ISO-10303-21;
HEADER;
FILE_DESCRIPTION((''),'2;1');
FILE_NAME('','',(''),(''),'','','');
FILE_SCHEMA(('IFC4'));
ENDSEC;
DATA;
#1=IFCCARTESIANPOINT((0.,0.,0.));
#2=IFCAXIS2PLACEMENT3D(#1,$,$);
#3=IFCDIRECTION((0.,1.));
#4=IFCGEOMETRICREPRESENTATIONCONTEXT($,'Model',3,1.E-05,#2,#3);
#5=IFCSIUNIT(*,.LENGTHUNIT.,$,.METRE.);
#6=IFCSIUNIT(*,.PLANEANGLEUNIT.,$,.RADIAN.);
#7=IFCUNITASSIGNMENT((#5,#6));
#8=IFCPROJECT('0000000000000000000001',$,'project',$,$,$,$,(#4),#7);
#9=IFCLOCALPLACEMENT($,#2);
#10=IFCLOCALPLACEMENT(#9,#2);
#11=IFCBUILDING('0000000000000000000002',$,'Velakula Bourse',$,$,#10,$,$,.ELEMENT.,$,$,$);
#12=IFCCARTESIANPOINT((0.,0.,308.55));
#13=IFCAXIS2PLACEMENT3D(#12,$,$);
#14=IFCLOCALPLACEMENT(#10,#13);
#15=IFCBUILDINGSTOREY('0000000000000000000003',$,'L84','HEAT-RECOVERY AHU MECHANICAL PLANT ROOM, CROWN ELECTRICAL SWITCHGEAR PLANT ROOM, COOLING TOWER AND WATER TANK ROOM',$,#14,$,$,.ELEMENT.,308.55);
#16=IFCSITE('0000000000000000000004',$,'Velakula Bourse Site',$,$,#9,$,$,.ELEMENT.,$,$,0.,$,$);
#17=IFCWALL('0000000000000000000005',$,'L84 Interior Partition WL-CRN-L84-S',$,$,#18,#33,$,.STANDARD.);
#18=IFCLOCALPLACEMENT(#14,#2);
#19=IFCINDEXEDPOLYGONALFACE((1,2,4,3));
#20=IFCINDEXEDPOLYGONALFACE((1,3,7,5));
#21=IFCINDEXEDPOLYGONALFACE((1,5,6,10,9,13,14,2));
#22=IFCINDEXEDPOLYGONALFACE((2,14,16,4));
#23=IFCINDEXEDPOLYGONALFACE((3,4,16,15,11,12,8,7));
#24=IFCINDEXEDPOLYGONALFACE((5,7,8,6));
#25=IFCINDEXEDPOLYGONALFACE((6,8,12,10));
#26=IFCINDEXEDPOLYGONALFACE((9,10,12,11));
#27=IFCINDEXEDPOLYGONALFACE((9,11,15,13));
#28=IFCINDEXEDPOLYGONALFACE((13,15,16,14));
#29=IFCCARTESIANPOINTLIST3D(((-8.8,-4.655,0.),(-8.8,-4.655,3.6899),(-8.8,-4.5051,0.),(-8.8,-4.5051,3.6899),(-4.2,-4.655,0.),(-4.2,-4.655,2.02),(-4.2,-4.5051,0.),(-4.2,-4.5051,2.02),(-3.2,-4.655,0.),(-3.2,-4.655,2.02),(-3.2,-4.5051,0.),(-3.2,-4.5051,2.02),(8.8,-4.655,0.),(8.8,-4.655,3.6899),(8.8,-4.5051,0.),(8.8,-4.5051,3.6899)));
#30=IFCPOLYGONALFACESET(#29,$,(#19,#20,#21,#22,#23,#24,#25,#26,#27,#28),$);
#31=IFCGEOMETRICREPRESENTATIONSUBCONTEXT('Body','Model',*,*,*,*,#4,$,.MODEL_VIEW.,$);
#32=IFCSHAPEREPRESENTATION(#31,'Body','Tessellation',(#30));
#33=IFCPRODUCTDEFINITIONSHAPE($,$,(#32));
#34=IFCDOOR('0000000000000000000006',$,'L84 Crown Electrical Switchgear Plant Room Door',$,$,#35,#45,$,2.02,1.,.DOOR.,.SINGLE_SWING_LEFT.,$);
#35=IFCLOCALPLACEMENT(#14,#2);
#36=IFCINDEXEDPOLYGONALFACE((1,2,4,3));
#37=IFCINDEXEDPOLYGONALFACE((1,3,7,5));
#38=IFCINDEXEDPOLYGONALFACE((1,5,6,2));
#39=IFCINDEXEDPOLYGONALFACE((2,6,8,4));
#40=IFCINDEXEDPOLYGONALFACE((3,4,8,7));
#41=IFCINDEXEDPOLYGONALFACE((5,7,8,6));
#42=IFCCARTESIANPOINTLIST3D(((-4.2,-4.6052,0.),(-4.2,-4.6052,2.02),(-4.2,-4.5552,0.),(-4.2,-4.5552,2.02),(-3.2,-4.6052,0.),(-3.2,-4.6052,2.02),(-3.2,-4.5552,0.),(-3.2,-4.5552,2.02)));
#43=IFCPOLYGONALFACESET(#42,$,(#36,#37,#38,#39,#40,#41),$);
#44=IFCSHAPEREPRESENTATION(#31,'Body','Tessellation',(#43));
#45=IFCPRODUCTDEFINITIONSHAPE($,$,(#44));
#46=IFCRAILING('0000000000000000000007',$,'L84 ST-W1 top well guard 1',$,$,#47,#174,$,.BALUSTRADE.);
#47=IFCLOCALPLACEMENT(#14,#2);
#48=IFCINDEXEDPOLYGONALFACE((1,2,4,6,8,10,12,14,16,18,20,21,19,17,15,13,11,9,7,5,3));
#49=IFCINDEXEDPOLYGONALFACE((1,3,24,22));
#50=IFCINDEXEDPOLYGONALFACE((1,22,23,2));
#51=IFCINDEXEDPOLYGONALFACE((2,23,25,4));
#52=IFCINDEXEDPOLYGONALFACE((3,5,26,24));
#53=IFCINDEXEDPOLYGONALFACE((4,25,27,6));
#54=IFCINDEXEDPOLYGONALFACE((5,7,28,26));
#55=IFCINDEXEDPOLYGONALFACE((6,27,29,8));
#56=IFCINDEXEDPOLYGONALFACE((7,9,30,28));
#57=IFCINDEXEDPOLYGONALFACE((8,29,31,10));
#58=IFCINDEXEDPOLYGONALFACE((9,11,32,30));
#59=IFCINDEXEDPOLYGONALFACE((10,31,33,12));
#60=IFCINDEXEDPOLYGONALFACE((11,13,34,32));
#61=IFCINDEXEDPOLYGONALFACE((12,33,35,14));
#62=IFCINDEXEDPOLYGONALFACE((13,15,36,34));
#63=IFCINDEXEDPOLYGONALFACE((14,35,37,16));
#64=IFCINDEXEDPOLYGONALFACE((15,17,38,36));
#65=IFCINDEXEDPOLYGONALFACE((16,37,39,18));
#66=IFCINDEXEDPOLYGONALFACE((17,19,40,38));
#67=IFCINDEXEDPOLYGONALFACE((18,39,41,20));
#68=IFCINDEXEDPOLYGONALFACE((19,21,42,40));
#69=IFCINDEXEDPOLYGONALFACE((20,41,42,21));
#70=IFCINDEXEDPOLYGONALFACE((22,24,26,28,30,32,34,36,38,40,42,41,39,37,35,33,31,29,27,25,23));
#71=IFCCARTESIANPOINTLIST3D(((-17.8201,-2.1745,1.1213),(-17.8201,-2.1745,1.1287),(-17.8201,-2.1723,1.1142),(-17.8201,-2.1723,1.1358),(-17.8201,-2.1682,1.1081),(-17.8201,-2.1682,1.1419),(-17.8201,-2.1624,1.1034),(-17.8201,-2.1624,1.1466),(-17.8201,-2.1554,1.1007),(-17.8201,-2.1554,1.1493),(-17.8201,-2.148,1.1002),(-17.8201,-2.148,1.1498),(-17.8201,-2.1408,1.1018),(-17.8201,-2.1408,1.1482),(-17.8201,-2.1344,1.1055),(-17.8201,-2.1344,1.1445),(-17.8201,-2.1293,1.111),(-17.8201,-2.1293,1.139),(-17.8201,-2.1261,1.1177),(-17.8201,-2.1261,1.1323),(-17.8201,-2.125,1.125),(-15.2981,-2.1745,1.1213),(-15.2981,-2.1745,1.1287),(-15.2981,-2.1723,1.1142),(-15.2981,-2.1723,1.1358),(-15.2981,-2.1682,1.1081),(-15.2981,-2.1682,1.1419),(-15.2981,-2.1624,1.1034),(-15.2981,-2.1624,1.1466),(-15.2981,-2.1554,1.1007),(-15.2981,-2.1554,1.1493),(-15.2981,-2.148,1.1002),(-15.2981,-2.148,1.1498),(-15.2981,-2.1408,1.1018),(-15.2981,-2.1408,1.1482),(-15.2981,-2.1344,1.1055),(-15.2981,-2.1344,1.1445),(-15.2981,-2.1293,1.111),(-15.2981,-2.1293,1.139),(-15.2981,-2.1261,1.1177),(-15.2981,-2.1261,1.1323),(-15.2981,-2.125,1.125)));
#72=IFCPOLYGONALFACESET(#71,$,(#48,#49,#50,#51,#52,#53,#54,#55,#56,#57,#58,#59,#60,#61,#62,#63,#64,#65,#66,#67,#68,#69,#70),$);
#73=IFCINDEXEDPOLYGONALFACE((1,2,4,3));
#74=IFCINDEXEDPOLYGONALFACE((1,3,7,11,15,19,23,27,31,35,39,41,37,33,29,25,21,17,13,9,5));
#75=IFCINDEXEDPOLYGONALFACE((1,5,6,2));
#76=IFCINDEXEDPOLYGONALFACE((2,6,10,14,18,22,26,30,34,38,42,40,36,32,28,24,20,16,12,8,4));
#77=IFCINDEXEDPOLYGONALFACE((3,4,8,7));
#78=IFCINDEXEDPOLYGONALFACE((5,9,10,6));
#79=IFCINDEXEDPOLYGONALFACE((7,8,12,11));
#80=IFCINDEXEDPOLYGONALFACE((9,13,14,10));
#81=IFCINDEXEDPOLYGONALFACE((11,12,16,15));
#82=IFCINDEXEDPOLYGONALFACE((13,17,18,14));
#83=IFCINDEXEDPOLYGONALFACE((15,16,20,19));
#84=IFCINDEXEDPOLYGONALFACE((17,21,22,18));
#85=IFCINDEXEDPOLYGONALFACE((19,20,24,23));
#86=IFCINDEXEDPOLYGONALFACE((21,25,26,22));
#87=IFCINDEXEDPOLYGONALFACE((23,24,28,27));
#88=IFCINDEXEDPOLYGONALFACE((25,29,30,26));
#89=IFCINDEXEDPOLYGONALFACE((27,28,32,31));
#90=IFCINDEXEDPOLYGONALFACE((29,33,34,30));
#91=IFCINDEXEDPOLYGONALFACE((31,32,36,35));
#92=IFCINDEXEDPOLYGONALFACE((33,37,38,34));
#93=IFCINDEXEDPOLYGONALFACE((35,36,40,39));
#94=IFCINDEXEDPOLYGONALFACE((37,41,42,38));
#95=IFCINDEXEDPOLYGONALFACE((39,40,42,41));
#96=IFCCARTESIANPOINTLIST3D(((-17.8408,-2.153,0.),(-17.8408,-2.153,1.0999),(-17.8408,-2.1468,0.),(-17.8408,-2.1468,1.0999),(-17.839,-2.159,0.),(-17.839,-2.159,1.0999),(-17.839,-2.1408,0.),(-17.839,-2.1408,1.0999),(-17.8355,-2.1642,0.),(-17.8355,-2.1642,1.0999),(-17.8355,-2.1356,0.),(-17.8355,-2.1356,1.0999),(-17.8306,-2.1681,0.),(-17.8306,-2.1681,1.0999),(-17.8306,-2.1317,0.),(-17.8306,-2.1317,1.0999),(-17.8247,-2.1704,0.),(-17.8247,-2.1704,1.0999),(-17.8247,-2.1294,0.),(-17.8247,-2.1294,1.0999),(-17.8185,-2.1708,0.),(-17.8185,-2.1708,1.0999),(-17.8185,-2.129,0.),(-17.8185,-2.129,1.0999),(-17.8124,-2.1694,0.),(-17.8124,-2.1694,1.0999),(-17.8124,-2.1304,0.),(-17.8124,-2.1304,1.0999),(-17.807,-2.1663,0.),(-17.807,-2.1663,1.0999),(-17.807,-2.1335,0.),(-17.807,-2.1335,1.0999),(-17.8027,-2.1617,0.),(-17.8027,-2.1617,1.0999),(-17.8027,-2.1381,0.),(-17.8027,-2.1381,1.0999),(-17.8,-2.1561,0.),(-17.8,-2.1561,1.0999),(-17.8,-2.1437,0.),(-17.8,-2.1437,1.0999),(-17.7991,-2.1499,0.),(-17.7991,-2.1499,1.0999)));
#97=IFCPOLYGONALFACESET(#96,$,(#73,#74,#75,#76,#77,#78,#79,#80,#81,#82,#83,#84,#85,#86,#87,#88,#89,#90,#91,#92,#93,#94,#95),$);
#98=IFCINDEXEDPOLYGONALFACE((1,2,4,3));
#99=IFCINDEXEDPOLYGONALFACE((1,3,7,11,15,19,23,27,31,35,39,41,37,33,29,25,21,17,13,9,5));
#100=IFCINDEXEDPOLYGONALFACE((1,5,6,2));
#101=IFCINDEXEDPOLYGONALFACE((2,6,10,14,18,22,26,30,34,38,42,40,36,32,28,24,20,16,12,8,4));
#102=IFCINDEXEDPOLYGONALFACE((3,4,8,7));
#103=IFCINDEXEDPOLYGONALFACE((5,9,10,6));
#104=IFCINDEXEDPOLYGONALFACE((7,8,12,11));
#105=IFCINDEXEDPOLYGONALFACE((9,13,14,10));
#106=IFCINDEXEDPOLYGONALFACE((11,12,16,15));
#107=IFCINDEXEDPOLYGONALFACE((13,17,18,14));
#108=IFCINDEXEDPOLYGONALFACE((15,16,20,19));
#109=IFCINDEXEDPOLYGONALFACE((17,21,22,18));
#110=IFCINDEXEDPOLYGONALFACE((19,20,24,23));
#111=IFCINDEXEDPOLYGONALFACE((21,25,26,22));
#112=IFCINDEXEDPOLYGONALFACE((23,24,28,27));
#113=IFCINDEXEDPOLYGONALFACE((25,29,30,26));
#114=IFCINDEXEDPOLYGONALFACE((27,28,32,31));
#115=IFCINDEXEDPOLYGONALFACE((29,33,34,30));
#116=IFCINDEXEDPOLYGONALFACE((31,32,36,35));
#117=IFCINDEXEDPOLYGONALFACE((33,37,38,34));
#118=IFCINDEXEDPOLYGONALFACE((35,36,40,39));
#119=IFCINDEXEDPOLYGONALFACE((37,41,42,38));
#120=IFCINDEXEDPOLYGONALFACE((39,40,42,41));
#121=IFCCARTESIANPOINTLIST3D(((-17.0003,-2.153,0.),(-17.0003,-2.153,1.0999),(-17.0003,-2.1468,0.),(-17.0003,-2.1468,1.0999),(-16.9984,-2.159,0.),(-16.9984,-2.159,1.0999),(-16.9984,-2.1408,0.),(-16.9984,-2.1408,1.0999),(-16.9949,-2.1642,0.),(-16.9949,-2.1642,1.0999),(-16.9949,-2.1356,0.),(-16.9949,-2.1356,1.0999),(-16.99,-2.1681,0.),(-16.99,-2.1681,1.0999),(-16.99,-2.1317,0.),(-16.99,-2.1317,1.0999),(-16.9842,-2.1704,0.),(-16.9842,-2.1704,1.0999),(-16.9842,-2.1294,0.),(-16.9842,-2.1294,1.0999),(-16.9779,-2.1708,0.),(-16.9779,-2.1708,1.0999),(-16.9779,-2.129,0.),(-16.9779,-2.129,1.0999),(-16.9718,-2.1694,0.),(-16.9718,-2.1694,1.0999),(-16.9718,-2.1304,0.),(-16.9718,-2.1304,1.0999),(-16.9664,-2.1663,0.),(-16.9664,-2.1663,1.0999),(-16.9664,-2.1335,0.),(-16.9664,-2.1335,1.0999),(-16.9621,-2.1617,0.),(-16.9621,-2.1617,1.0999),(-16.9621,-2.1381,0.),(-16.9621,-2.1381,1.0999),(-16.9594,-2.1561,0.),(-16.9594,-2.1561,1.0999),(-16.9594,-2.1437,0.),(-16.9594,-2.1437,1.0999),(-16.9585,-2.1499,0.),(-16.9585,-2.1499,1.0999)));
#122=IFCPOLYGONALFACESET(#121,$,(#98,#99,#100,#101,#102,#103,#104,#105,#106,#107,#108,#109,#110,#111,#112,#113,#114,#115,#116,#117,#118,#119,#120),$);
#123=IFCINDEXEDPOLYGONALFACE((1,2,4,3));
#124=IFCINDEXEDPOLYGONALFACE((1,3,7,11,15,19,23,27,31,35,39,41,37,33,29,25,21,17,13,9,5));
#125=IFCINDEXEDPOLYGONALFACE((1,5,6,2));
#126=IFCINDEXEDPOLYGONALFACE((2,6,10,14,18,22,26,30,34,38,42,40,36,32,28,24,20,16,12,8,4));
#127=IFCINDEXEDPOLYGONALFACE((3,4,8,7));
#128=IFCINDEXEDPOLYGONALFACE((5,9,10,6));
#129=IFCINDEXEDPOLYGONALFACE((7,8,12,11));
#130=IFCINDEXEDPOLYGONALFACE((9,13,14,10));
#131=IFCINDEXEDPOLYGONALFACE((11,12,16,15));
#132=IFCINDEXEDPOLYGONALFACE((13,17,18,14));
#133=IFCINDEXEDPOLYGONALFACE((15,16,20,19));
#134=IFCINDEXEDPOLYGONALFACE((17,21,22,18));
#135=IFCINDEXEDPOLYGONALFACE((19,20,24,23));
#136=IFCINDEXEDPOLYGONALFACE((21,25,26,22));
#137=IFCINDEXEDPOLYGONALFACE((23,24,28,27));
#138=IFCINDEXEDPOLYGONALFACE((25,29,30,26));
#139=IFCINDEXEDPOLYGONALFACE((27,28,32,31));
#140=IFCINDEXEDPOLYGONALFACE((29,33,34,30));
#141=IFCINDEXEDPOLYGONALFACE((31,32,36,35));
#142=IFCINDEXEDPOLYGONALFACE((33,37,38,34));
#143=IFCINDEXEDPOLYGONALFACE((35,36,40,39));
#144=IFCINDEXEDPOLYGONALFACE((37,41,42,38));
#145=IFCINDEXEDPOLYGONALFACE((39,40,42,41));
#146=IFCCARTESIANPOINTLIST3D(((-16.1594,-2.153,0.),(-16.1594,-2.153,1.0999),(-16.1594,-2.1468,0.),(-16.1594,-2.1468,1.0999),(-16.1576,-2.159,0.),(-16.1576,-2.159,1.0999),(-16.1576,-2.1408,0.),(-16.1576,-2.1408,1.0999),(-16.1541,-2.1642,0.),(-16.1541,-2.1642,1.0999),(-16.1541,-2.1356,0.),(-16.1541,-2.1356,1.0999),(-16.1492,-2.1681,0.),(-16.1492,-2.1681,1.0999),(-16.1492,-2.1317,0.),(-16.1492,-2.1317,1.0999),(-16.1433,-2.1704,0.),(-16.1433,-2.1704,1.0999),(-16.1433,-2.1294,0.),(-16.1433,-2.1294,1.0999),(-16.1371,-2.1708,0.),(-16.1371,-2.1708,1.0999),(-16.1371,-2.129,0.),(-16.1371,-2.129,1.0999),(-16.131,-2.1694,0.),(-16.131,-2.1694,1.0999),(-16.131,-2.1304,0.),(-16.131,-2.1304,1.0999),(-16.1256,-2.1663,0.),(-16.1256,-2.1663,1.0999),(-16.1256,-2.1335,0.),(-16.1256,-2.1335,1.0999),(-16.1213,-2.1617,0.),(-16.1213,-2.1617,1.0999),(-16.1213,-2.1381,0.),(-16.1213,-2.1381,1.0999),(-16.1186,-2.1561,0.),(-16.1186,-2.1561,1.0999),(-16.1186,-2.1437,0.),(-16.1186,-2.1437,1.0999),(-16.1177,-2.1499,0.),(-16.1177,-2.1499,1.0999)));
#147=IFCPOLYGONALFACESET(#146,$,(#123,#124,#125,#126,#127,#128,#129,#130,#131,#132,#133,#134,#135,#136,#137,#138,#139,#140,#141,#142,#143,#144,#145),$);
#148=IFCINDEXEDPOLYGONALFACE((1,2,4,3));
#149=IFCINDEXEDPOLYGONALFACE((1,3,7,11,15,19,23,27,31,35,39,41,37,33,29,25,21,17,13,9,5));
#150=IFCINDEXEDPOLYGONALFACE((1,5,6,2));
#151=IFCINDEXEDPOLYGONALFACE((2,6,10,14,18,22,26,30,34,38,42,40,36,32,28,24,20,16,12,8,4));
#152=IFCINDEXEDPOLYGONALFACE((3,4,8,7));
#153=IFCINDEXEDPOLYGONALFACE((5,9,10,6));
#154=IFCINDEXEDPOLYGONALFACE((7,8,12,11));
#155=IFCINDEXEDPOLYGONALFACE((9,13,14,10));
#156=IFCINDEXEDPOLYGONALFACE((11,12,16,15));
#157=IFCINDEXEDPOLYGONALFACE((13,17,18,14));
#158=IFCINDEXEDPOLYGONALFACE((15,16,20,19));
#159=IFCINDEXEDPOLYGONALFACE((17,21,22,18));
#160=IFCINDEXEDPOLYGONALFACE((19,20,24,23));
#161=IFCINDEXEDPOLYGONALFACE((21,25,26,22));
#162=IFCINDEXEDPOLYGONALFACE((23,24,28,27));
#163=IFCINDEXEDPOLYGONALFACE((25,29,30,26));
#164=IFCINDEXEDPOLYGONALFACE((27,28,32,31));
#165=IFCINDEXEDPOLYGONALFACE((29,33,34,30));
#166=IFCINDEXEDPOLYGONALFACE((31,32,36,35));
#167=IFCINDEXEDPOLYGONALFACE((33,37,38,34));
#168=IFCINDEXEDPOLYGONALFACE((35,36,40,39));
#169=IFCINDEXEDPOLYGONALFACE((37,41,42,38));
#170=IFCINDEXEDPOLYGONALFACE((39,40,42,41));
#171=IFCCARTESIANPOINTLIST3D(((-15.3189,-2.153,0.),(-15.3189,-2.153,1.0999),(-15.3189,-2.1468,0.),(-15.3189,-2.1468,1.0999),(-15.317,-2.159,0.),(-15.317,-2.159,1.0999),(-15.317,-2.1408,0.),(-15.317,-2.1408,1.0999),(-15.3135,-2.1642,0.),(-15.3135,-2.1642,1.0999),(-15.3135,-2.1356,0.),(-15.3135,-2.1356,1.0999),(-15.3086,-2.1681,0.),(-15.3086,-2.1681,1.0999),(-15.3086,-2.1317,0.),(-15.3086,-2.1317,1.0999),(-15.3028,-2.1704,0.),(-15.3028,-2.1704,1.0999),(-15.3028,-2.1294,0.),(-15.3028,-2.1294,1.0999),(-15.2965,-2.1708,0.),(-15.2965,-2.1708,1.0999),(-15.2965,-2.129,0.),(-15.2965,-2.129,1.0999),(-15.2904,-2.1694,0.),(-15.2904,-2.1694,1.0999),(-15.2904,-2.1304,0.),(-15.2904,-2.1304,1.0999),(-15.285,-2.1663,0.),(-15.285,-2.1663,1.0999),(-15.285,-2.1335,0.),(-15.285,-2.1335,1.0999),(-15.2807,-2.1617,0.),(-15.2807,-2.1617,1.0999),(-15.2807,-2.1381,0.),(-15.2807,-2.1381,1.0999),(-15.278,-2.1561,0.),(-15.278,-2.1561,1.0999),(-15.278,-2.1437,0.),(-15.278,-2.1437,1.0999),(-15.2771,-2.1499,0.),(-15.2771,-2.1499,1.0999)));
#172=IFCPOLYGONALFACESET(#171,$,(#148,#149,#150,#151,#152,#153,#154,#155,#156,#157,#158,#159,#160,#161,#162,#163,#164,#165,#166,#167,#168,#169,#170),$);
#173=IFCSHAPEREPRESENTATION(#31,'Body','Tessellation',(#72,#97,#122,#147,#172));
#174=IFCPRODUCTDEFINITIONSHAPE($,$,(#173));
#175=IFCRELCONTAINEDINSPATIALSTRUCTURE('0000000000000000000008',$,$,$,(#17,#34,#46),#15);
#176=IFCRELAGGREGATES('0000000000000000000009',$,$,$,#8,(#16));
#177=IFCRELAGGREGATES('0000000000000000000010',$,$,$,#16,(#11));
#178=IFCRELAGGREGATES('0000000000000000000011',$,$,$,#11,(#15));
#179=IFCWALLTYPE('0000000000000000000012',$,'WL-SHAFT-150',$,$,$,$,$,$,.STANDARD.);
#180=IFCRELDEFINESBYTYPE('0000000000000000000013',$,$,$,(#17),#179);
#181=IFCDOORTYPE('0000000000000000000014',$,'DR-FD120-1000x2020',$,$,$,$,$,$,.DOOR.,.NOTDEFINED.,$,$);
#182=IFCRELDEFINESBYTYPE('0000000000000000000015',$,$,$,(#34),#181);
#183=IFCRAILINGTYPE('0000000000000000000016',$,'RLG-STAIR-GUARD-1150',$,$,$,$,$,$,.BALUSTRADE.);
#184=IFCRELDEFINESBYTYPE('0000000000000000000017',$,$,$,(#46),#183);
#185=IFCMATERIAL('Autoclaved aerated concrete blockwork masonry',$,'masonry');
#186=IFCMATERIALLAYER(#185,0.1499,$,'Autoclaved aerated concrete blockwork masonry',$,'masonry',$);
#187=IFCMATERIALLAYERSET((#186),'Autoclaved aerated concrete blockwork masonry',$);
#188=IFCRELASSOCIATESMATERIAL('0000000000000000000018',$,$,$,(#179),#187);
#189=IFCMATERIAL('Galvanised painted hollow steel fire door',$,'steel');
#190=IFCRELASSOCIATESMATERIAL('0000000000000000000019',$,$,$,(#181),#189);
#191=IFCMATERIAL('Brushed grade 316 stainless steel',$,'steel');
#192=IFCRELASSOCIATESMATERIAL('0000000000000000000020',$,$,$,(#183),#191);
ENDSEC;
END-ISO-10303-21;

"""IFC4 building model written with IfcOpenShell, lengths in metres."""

from ifc_helpers import new_model, si_unit, direction, frame, frame_2d, origin, origin_2d, place, context, subcontext, project, spatial, rectangle, circle, extrude, material, layer, layer_set, type_object, element, fill, save


model = new_model("IFC4")

# Units and contexts
model_context = context("Model", 3, precision=1e-05, world=origin(), true_north=direction((0.0, 1.0)))
body_context = subcontext(model_context, "Body", "Model", "MODEL_VIEW")
ifc_project = project(units=[si_unit("LENGTHUNIT", "METRE"), si_unit("PLANEANGLEUNIT", "RADIAN")], contexts=[model_context])

# Site, building, storey
site_placement = place(None, origin())
site = spatial("IfcSite", under=ifc_project, at=site_placement, Name="Velakula Bourse Site", CompositionType="ELEMENT", RefElevation=0.0)
building_placement = place(site_placement, origin())
building = spatial("IfcBuilding", under=site, at=building_placement, Name="Velakula Bourse", CompositionType="ELEMENT")
storey_placement = place(building_placement, frame((0.0, 0.0, 308.55)))
storey = spatial("IfcBuildingStorey", under=building, at=storey_placement, Name="L84", Description="HEAT-RECOVERY AHU MECHANICAL PLANT ROOM, CROWN ELECTRICAL SWITCHGEAR PLANT ROOM, COOLING TOWER AND WATER TANK ROOM", CompositionType="ELEMENT", Elevation=308.55)

# Shared definitions
ifc_material_1 = material(Name="Galvanised painted hollow steel fire door", Category="steel")

# Shared definitions
ifc_material_2 = material(Name="Autoclaved aerated concrete blockwork masonry", Category="masonry")
ifc_layer_1 = layer(ifc_material_2, 0.1499, Name="Autoclaved aerated concrete blockwork masonry", Category="masonry")
ifc_layer_set_1 = layer_set([ifc_layer_1], Name="Autoclaved aerated concrete blockwork masonry")
wall_type_1 = type_object("IfcWallType", Name="WL-SHAFT-150", PredefinedType="STANDARD", material=ifc_layer_set_1)
ifc_material_3 = material(Name="Brushed grade 316 stainless steel", Category="steel")

# Shared definitions
door_type_1 = type_object("IfcDoorType", Name="DR-FD120-1000x2020", OperationType="NOTDEFINED", PredefinedType="DOOR", material=ifc_material_1)

# Wall, opening, door
wall_1_placement = place(storey_placement, frame((-8.8, -4.5801, 0.0), z_axis=(0.0, 0.0, 1.0), x_axis=(1.0, 0.0, 0.0)))
wall_1 = element("IfcWall", 1, at=wall_1_placement, inside=storey, type_object=wall_type_1, Name="L84 Interior Partition WL-CRN-L84-S", PredefinedType="STANDARD", context=body_context, shape_type="SweptSolid", body=[
    extrude(rectangle(XDim=17.6001, YDim=0.1499, at=frame_2d((8.8, 0.0))), origin(), (0.0, 0.0, 1.0), 3.6899),
])
opening_1_placement = place(wall_1_placement, frame((4.6001, 0.0, 0.0)))
opening_1 = element("IfcOpeningElement", 2, at=opening_1_placement, cuts=wall_1, PredefinedType="OPENING", context=body_context, shape_type="SweptSolid", body=[
    extrude(rectangle(XDim=1.0, YDim=2.02, at=frame_2d((0.5, 1.01))), frame((0.0, 0.085, 0.0), z_axis=(0.0, -1.0, 0.0), x_axis=(1.0, 0.0, 0.0)), (0.0, 0.0, 1.0), 0.1699),
])
door_1_placement = place(opening_1_placement, origin())
door_1 = element("IfcDoor", 3, at=door_1_placement, inside=storey, type_object=door_type_1, Name="L84 Crown Electrical Switchgear Plant Room Door", OperationType="SINGLE_SWING_LEFT", OverallHeight=2.02, OverallWidth=1.0, PredefinedType="DOOR", context=body_context, shape_type="SweptSolid", body=[
    extrude(rectangle(XDim=1.0, YDim=2.02, at=frame_2d((0.5, 1.01))), frame((0.0, 0.0249, 0.0), z_axis=(0.0, -1.0, 0.0), x_axis=(1.0, 0.0, 0.0)), (0.0, 0.0, 1.0), 0.05),
])
fill(opening_1, door_1)

# Railing
railing_type = type_object("IfcRailingType", Name="RLG-STAIR-GUARD-1150", PredefinedType="BALUSTRADE", material=ifc_material_3)
railing_placement = place(storey_placement, frame((-17.8201, -2.1499, 0.0)))
element("IfcRailing", 4, at=railing_placement, inside=storey, type_object=railing_type, Name="L84 ST-W1 top well guard 1", PredefinedType="BALUSTRADE", context=body_context, shape_type="SweptSolid", body=[
    extrude(circle(Radius=0.0249, at=origin_2d()), frame((0.0, 0.0, 1.125), z_axis=(1.0, 0.0, 0.0), x_axis=(0.0, 1.0, 0.0)), (0.0, 0.0, 1.0), 2.522),
    extrude(circle(Radius=0.021, at=origin_2d()), origin(), (0.0, 0.0, 1.0), 1.0999),
    extrude(circle(Radius=0.021, at=origin_2d()), frame((0.8406, 0.0, 0.0)), (0.0, 0.0, 1.0), 1.0999),
    extrude(circle(Radius=0.021, at=origin_2d()), frame((1.6814, 0.0, 0.0)), (0.0, 0.0, 1.0), 1.0999),
    extrude(circle(Radius=0.021, at=origin_2d()), frame((2.522, 0.0, 0.0)), (0.0, 0.0, 1.0), 1.0999),
])

save(model, "model.ifc")
